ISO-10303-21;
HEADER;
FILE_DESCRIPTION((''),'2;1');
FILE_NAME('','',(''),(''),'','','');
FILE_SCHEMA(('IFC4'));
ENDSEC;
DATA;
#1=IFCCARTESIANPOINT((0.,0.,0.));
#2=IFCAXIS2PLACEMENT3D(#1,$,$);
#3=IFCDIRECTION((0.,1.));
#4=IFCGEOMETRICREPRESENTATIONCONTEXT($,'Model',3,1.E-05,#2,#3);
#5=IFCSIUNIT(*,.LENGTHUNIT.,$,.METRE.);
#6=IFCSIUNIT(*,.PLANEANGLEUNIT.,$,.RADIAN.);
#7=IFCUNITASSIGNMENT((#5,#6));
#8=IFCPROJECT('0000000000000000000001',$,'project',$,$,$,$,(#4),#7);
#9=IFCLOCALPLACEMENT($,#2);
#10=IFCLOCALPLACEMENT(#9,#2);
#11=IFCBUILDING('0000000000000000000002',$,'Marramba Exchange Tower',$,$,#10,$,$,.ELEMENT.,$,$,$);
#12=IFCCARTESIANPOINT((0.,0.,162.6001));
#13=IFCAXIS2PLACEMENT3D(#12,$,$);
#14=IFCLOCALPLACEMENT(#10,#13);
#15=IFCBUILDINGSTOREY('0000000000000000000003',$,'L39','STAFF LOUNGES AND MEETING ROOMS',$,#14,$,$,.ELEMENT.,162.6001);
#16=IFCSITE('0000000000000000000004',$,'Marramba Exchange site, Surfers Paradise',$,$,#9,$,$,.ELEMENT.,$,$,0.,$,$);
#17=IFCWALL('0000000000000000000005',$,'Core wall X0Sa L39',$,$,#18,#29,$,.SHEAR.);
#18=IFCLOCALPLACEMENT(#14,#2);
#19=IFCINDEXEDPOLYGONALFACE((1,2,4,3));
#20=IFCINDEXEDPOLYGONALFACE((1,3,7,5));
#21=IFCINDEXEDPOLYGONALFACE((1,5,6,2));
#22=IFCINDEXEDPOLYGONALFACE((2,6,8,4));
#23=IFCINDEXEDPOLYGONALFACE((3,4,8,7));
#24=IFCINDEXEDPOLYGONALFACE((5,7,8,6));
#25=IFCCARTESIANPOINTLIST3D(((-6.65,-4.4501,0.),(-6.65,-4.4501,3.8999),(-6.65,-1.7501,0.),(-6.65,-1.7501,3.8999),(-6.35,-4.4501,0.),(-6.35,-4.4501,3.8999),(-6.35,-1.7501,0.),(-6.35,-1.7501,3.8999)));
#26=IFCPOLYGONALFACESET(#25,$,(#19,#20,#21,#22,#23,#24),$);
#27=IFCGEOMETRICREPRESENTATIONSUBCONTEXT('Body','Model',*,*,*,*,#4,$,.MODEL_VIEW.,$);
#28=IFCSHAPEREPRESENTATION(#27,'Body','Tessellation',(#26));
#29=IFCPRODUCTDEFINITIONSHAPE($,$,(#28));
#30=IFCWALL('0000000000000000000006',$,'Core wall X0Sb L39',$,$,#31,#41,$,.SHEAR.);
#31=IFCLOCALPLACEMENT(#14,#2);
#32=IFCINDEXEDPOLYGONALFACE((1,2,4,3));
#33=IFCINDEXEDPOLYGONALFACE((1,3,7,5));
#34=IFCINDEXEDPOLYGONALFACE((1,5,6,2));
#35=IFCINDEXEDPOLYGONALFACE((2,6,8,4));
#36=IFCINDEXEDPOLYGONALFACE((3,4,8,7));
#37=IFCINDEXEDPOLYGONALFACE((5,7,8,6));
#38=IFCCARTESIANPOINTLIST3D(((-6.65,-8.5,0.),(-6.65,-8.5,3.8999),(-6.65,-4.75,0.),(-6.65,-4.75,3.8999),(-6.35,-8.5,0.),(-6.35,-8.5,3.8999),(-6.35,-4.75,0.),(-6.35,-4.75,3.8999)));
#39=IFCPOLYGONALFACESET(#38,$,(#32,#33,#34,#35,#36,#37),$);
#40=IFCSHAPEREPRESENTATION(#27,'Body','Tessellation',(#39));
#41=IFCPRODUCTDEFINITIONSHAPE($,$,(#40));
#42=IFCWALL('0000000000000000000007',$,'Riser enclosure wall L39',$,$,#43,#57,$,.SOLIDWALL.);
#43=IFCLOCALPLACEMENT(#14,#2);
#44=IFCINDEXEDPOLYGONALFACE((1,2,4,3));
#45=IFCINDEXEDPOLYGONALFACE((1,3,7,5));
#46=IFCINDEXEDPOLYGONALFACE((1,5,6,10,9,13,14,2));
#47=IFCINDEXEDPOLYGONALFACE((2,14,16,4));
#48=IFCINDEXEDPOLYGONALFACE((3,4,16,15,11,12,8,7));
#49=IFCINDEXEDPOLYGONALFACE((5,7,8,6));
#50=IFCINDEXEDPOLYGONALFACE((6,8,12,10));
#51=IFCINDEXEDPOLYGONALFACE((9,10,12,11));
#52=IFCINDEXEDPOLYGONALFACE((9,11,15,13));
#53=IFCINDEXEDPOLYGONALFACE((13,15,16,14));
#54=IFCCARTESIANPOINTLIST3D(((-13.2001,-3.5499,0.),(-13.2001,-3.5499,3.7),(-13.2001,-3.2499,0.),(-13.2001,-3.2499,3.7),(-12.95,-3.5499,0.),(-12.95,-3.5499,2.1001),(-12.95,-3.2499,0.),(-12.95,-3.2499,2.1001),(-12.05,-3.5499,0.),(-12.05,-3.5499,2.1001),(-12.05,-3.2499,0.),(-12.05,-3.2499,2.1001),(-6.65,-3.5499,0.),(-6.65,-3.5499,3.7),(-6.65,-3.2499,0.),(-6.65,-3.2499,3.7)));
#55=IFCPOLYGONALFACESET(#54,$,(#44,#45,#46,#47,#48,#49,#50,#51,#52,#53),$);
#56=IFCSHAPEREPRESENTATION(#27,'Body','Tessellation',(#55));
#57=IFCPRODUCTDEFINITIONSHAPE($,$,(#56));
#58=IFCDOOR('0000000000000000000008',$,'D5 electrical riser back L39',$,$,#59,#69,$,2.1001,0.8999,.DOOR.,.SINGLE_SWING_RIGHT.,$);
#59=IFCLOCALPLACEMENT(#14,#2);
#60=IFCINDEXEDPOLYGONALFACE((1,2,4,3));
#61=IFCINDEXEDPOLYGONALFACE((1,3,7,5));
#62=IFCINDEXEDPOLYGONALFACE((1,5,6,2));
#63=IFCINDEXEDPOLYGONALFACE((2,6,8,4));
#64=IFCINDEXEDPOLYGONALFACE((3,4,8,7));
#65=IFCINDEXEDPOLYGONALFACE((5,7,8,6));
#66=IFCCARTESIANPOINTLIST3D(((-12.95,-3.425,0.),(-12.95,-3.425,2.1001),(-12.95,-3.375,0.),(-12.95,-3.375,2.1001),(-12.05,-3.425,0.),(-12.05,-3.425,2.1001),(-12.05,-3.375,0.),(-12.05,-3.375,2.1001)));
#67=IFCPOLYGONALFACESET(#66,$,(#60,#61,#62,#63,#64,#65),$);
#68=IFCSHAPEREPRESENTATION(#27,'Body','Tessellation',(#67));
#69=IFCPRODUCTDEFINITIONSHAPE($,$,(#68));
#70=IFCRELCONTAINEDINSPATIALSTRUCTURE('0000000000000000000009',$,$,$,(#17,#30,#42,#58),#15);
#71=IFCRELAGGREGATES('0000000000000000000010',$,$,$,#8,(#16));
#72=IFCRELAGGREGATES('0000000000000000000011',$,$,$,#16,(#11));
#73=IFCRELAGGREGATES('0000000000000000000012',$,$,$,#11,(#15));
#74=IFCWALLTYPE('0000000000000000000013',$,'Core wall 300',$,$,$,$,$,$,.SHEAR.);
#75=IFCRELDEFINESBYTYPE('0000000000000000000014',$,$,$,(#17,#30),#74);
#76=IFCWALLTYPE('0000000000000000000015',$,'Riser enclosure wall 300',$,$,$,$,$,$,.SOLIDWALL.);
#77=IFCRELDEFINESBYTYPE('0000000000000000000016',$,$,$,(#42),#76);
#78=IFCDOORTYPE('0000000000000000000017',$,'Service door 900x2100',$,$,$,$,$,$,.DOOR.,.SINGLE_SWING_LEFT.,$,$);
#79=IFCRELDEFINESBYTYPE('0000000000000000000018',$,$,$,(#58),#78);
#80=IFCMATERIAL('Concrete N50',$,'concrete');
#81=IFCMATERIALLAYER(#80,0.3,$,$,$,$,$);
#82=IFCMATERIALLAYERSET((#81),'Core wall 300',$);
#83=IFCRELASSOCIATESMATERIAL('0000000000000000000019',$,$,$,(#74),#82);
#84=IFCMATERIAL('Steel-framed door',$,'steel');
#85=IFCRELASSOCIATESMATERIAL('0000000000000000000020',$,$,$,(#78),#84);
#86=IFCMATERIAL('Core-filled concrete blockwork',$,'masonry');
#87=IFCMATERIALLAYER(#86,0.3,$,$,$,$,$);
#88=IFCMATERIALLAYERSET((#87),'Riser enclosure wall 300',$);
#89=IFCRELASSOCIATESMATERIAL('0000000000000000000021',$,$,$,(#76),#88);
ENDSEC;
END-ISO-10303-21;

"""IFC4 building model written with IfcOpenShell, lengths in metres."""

from ifc_helpers import new_model, si_unit, direction, frame, frame_2d, origin, place, context, subcontext, project, spatial, rectangle, extrude, material, layer, layer_set, type_object, element, fill, save


model = new_model("IFC4")

# Units and contexts
model_context = context("Model", 3, precision=1e-05, world=origin(), true_north=direction((0.0, 1.0)))
body_context = subcontext(model_context, "Body", "Model", "MODEL_VIEW")
ifc_project = project(units=[si_unit("LENGTHUNIT", "METRE"), si_unit("PLANEANGLEUNIT", "RADIAN")], contexts=[model_context])

# Site, building, storey
site_placement = place(None, origin())
site = spatial("IfcSite", under=ifc_project, at=site_placement, Name="Marramba Exchange site, Surfers Paradise", CompositionType="ELEMENT", RefElevation=0.0)
building_placement = place(site_placement, origin())
building = spatial("IfcBuilding", under=site, at=building_placement, Name="Marramba Exchange Tower", CompositionType="ELEMENT")
storey_placement = place(building_placement, frame((0.0, 0.0, 162.6001)))
storey = spatial("IfcBuildingStorey", under=building, at=storey_placement, Name="L39", Description="STAFF LOUNGES AND MEETING ROOMS", CompositionType="ELEMENT", Elevation=162.6001)

# Shared definitions
ifc_material_1 = material(Name="Concrete N50", Category="concrete")
ifc_layer_1 = layer(ifc_material_1, 0.3)
ifc_layer_set_1 = layer_set([ifc_layer_1], Name="Core wall 300")
wall_type_1 = type_object("IfcWallType", Name="Core wall 300", PredefinedType="SHEAR", material=ifc_layer_set_1)
ifc_material_2 = material(Name="Steel-framed door", Category="steel")
door_type_1 = type_object("IfcDoorType", Name="Service door 900x2100", OperationType="SINGLE_SWING_LEFT", PredefinedType="DOOR", material=ifc_material_2)

# Walls
wall_1_placement = place(storey_placement, frame((-6.5, -1.75, 0.0), z_axis=(0.0, 0.0, 1.0), x_axis=(0.0, -1.0, 0.0)))
element("IfcWall", 1, at=wall_1_placement, inside=storey, type_object=wall_type_1, Name="Core wall X0Sa L39", PredefinedType="SHEAR", context=body_context, shape_type="SweptSolid", body=[
    extrude(rectangle(XDim=2.7, YDim=0.3, at=frame_2d((1.3501, 0.0))), origin(), (0.0, 0.0, 1.0), 3.8999),
])
wall_2_placement = place(storey_placement, frame((-6.5, -4.75, 0.0), z_axis=(0.0, 0.0, 1.0), x_axis=(0.0, -1.0, 0.0)))
element("IfcWall", 2, at=wall_2_placement, inside=storey, type_object=wall_type_1, Name="Core wall X0Sb L39", PredefinedType="SHEAR", context=body_context, shape_type="SweptSolid", body=[
    extrude(rectangle(XDim=3.75, YDim=0.3, at=frame_2d((1.875, 0.0))), origin(), (0.0, 0.0, 1.0), 3.8999),
])

# Wall, opening, door
ifc_material_3 = material(Name="Core-filled concrete blockwork", Category="masonry")
ifc_layer_2 = layer(ifc_material_3, 0.3)
ifc_layer_set_2 = layer_set([ifc_layer_2], Name="Riser enclosure wall 300")
wall_type_2 = type_object("IfcWallType", Name="Riser enclosure wall 300", PredefinedType="SOLIDWALL", material=ifc_layer_set_2)
wall_3_placement = place(storey_placement, frame((-13.2, -3.3999, 0.0), z_axis=(0.0, 0.0, 1.0), x_axis=(1.0, 0.0, 0.0)))
wall_3 = element("IfcWall", 3, at=wall_3_placement, inside=storey, type_object=wall_type_2, Name="Riser enclosure wall L39", PredefinedType="SOLIDWALL", context=body_context, shape_type="SweptSolid", body=[
    extrude(rectangle(XDim=6.55, YDim=0.3, at=frame_2d((3.2749, 0.0))), origin(), (0.0, 0.0, 1.0), 3.7),
])
opening_1_placement = place(wall_3_placement, frame((0.25, 0.0, 0.0)))
opening_1 = element("IfcOpeningElement", 4, at=opening_1_placement, cuts=wall_3, PredefinedType="OPENING", context=body_context, shape_type="SweptSolid", body=[
    extrude(rectangle(XDim=0.8999, YDim=2.1001, at=frame_2d((0.45, 1.05))), frame((0.0, 0.1599, 0.0), z_axis=(0.0, -1.0, 0.0), x_axis=(1.0, 0.0, 0.0)), (0.0, 0.0, 1.0), 0.3201),
])
door_1_placement = place(opening_1_placement, frame((0.8999, 0.0, 0.0), z_axis=(0.0, 0.0, 1.0), x_axis=(-1.0, 0.0, 0.0)))
door_1 = element("IfcDoor", 5, at=door_1_placement, inside=storey, type_object=door_type_1, Name="D5 electrical riser back L39", OperationType="SINGLE_SWING_RIGHT", OverallHeight=2.1001, OverallWidth=0.8999, PredefinedType="DOOR", context=body_context, shape_type="SweptSolid", body=[
    extrude(rectangle(XDim=0.8999, YDim=2.1001, at=frame_2d((0.45, 1.05))), frame((0.0, 0.0251, 0.0), z_axis=(0.0, -1.0, 0.0), x_axis=(1.0, 0.0, 0.0)), (0.0, 0.0, 1.0), 0.05),
])
fill(opening_1, door_1)

save(model, "model.ifc")
